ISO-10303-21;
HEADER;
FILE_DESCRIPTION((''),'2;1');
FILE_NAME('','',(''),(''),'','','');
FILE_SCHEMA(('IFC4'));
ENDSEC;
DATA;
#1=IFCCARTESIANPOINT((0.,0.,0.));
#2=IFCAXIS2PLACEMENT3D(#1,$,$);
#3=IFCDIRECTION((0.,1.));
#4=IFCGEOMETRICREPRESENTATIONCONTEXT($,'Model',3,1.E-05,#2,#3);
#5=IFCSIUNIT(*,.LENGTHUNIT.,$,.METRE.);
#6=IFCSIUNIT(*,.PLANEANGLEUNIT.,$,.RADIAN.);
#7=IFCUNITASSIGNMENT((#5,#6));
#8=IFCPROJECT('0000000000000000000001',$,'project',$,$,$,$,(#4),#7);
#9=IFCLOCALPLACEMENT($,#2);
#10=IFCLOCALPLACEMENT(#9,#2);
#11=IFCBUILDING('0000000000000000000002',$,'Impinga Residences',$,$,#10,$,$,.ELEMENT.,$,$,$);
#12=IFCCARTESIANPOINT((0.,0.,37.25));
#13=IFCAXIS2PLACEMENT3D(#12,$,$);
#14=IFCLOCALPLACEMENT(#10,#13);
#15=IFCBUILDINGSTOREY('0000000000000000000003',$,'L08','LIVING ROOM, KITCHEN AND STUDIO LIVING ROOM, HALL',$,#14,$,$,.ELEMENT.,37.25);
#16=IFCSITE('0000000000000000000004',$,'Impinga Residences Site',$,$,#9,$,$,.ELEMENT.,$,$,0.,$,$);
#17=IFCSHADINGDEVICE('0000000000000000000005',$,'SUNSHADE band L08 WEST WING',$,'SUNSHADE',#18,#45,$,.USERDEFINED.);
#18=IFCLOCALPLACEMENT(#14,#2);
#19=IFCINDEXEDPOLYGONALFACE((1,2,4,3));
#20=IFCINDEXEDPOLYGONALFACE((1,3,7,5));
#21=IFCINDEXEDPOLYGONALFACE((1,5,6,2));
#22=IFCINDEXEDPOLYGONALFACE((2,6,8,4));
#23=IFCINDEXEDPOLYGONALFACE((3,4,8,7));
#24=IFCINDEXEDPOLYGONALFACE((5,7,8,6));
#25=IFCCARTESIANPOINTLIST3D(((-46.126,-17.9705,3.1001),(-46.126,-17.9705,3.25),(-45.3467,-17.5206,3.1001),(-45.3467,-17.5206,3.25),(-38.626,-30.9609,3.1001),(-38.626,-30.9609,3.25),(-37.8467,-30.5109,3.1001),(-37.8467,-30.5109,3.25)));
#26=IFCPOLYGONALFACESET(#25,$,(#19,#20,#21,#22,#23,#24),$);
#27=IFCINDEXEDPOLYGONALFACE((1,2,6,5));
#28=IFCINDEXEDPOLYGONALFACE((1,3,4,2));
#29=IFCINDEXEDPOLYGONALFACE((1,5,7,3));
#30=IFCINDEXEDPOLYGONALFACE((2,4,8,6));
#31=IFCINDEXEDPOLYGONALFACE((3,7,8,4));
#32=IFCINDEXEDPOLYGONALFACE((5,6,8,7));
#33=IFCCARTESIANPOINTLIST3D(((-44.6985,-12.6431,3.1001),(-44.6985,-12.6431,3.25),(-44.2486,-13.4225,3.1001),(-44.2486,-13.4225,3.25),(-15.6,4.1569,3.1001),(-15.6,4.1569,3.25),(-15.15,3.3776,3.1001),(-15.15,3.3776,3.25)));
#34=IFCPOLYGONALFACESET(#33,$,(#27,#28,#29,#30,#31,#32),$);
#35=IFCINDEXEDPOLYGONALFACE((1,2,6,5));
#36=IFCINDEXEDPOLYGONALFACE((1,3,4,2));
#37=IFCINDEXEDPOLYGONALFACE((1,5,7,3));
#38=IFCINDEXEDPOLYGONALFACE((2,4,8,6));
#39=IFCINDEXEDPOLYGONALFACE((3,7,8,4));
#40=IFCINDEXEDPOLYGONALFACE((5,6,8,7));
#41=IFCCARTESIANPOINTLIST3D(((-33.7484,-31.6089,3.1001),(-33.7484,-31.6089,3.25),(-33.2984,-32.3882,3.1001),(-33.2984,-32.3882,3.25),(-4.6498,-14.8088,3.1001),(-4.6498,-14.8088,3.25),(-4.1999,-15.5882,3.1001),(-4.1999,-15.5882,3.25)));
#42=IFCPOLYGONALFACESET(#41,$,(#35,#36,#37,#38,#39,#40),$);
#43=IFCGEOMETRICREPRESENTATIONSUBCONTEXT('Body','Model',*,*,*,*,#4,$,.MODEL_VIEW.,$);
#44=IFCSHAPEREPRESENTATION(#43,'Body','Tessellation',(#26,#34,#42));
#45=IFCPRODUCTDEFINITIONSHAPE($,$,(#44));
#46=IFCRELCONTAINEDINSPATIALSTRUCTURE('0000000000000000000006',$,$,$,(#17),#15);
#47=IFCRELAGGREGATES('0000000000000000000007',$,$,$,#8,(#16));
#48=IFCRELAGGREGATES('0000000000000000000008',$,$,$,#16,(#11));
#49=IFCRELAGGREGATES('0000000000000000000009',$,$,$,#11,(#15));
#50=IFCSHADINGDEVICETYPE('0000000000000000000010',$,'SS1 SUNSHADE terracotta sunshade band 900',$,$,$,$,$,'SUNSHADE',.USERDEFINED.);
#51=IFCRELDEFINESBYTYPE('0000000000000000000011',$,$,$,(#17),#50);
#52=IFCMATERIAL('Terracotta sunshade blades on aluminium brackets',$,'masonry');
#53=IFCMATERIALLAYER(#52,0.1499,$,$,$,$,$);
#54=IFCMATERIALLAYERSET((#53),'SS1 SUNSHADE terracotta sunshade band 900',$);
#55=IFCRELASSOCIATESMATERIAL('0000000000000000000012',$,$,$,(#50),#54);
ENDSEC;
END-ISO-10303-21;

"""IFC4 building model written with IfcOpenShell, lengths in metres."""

from ifc_helpers import new_model, si_unit, direction, frame, origin, origin_2d, place, context, subcontext, project, spatial, rectangle, extrude, material, layer, layer_set, type_object, element, save


model = new_model("IFC4")

# Units and contexts
model_context = context("Model", 3, precision=1e-05, world=origin(), true_north=direction((0.0, 1.0)))
body_context = subcontext(model_context, "Body", "Model", "MODEL_VIEW")
ifc_project = project(units=[si_unit("LENGTHUNIT", "METRE"), si_unit("PLANEANGLEUNIT", "RADIAN")], contexts=[model_context])

# Site, building, storey
site_placement = place(None, origin())
site = spatial("IfcSite", under=ifc_project, at=site_placement, Name="Impinga Residences Site", CompositionType="ELEMENT", RefElevation=0.0)
building_placement = place(site_placement, origin())
building = spatial("IfcBuilding", under=site, at=building_placement, Name="Impinga Residences", CompositionType="ELEMENT")
storey_placement = place(building_placement, frame((0.0, 0.0, 37.25)))
storey = spatial("IfcBuildingStorey", under=building, at=storey_placement, Name="L08", Description="LIVING ROOM, KITCHEN AND STUDIO LIVING ROOM, HALL", CompositionType="ELEMENT", Elevation=37.25)

# Shading device
ifc_material_1 = material(Name="Terracotta sunshade blades on aluminium brackets", Category="masonry")
ifc_layer_1 = layer(ifc_material_1, 0.1499)
ifc_layer_set_1 = layer_set([ifc_layer_1], Name="SS1 SUNSHADE terracotta sunshade band 900")
shading_device_type = type_object("IfcShadingDeviceType", Name="SS1 SUNSHADE terracotta sunshade band 900", ElementType="SUNSHADE", PredefinedType="USERDEFINED", material=ifc_layer_set_1)
shading_device_placement = place(storey_placement, frame((-41.9863, -24.2407, 3.1001), z_axis=(0.0, 0.0, 1.0), x_axis=(-0.5, 0.866025, 0.0)))
element("IfcShadingDevice", 1, at=shading_device_placement, inside=storey, type_object=shading_device_type, Name="SUNSHADE band L08 WEST WING", ObjectType="SUNSHADE", PredefinedType="USERDEFINED", context=body_context, shape_type="SweptSolid", body=[
    extrude(rectangle(XDim=15.0, YDim=0.8999, at=origin_2d()), origin(), (0.0, 0.0, 1.0), 0.1499),
    extrude(rectangle(XDim=33.6001, YDim=0.8999, at=origin_2d()), frame((10.95, -20.25, 0.0), z_axis=(0.0, 0.0, 1.0), x_axis=(0.0, -1.0, 0.0)), (0.0, 0.0, 1.0), 0.1499),
    extrude(rectangle(XDim=33.6001, YDim=0.8999, at=origin_2d()), frame((-10.95, -20.2502, 0.0), z_axis=(0.0, 0.0, 1.0), x_axis=(0.0, 1.0, 0.0)), (0.0, 0.0, 1.0), 0.1499),
])

save(model, "model.ifc")
